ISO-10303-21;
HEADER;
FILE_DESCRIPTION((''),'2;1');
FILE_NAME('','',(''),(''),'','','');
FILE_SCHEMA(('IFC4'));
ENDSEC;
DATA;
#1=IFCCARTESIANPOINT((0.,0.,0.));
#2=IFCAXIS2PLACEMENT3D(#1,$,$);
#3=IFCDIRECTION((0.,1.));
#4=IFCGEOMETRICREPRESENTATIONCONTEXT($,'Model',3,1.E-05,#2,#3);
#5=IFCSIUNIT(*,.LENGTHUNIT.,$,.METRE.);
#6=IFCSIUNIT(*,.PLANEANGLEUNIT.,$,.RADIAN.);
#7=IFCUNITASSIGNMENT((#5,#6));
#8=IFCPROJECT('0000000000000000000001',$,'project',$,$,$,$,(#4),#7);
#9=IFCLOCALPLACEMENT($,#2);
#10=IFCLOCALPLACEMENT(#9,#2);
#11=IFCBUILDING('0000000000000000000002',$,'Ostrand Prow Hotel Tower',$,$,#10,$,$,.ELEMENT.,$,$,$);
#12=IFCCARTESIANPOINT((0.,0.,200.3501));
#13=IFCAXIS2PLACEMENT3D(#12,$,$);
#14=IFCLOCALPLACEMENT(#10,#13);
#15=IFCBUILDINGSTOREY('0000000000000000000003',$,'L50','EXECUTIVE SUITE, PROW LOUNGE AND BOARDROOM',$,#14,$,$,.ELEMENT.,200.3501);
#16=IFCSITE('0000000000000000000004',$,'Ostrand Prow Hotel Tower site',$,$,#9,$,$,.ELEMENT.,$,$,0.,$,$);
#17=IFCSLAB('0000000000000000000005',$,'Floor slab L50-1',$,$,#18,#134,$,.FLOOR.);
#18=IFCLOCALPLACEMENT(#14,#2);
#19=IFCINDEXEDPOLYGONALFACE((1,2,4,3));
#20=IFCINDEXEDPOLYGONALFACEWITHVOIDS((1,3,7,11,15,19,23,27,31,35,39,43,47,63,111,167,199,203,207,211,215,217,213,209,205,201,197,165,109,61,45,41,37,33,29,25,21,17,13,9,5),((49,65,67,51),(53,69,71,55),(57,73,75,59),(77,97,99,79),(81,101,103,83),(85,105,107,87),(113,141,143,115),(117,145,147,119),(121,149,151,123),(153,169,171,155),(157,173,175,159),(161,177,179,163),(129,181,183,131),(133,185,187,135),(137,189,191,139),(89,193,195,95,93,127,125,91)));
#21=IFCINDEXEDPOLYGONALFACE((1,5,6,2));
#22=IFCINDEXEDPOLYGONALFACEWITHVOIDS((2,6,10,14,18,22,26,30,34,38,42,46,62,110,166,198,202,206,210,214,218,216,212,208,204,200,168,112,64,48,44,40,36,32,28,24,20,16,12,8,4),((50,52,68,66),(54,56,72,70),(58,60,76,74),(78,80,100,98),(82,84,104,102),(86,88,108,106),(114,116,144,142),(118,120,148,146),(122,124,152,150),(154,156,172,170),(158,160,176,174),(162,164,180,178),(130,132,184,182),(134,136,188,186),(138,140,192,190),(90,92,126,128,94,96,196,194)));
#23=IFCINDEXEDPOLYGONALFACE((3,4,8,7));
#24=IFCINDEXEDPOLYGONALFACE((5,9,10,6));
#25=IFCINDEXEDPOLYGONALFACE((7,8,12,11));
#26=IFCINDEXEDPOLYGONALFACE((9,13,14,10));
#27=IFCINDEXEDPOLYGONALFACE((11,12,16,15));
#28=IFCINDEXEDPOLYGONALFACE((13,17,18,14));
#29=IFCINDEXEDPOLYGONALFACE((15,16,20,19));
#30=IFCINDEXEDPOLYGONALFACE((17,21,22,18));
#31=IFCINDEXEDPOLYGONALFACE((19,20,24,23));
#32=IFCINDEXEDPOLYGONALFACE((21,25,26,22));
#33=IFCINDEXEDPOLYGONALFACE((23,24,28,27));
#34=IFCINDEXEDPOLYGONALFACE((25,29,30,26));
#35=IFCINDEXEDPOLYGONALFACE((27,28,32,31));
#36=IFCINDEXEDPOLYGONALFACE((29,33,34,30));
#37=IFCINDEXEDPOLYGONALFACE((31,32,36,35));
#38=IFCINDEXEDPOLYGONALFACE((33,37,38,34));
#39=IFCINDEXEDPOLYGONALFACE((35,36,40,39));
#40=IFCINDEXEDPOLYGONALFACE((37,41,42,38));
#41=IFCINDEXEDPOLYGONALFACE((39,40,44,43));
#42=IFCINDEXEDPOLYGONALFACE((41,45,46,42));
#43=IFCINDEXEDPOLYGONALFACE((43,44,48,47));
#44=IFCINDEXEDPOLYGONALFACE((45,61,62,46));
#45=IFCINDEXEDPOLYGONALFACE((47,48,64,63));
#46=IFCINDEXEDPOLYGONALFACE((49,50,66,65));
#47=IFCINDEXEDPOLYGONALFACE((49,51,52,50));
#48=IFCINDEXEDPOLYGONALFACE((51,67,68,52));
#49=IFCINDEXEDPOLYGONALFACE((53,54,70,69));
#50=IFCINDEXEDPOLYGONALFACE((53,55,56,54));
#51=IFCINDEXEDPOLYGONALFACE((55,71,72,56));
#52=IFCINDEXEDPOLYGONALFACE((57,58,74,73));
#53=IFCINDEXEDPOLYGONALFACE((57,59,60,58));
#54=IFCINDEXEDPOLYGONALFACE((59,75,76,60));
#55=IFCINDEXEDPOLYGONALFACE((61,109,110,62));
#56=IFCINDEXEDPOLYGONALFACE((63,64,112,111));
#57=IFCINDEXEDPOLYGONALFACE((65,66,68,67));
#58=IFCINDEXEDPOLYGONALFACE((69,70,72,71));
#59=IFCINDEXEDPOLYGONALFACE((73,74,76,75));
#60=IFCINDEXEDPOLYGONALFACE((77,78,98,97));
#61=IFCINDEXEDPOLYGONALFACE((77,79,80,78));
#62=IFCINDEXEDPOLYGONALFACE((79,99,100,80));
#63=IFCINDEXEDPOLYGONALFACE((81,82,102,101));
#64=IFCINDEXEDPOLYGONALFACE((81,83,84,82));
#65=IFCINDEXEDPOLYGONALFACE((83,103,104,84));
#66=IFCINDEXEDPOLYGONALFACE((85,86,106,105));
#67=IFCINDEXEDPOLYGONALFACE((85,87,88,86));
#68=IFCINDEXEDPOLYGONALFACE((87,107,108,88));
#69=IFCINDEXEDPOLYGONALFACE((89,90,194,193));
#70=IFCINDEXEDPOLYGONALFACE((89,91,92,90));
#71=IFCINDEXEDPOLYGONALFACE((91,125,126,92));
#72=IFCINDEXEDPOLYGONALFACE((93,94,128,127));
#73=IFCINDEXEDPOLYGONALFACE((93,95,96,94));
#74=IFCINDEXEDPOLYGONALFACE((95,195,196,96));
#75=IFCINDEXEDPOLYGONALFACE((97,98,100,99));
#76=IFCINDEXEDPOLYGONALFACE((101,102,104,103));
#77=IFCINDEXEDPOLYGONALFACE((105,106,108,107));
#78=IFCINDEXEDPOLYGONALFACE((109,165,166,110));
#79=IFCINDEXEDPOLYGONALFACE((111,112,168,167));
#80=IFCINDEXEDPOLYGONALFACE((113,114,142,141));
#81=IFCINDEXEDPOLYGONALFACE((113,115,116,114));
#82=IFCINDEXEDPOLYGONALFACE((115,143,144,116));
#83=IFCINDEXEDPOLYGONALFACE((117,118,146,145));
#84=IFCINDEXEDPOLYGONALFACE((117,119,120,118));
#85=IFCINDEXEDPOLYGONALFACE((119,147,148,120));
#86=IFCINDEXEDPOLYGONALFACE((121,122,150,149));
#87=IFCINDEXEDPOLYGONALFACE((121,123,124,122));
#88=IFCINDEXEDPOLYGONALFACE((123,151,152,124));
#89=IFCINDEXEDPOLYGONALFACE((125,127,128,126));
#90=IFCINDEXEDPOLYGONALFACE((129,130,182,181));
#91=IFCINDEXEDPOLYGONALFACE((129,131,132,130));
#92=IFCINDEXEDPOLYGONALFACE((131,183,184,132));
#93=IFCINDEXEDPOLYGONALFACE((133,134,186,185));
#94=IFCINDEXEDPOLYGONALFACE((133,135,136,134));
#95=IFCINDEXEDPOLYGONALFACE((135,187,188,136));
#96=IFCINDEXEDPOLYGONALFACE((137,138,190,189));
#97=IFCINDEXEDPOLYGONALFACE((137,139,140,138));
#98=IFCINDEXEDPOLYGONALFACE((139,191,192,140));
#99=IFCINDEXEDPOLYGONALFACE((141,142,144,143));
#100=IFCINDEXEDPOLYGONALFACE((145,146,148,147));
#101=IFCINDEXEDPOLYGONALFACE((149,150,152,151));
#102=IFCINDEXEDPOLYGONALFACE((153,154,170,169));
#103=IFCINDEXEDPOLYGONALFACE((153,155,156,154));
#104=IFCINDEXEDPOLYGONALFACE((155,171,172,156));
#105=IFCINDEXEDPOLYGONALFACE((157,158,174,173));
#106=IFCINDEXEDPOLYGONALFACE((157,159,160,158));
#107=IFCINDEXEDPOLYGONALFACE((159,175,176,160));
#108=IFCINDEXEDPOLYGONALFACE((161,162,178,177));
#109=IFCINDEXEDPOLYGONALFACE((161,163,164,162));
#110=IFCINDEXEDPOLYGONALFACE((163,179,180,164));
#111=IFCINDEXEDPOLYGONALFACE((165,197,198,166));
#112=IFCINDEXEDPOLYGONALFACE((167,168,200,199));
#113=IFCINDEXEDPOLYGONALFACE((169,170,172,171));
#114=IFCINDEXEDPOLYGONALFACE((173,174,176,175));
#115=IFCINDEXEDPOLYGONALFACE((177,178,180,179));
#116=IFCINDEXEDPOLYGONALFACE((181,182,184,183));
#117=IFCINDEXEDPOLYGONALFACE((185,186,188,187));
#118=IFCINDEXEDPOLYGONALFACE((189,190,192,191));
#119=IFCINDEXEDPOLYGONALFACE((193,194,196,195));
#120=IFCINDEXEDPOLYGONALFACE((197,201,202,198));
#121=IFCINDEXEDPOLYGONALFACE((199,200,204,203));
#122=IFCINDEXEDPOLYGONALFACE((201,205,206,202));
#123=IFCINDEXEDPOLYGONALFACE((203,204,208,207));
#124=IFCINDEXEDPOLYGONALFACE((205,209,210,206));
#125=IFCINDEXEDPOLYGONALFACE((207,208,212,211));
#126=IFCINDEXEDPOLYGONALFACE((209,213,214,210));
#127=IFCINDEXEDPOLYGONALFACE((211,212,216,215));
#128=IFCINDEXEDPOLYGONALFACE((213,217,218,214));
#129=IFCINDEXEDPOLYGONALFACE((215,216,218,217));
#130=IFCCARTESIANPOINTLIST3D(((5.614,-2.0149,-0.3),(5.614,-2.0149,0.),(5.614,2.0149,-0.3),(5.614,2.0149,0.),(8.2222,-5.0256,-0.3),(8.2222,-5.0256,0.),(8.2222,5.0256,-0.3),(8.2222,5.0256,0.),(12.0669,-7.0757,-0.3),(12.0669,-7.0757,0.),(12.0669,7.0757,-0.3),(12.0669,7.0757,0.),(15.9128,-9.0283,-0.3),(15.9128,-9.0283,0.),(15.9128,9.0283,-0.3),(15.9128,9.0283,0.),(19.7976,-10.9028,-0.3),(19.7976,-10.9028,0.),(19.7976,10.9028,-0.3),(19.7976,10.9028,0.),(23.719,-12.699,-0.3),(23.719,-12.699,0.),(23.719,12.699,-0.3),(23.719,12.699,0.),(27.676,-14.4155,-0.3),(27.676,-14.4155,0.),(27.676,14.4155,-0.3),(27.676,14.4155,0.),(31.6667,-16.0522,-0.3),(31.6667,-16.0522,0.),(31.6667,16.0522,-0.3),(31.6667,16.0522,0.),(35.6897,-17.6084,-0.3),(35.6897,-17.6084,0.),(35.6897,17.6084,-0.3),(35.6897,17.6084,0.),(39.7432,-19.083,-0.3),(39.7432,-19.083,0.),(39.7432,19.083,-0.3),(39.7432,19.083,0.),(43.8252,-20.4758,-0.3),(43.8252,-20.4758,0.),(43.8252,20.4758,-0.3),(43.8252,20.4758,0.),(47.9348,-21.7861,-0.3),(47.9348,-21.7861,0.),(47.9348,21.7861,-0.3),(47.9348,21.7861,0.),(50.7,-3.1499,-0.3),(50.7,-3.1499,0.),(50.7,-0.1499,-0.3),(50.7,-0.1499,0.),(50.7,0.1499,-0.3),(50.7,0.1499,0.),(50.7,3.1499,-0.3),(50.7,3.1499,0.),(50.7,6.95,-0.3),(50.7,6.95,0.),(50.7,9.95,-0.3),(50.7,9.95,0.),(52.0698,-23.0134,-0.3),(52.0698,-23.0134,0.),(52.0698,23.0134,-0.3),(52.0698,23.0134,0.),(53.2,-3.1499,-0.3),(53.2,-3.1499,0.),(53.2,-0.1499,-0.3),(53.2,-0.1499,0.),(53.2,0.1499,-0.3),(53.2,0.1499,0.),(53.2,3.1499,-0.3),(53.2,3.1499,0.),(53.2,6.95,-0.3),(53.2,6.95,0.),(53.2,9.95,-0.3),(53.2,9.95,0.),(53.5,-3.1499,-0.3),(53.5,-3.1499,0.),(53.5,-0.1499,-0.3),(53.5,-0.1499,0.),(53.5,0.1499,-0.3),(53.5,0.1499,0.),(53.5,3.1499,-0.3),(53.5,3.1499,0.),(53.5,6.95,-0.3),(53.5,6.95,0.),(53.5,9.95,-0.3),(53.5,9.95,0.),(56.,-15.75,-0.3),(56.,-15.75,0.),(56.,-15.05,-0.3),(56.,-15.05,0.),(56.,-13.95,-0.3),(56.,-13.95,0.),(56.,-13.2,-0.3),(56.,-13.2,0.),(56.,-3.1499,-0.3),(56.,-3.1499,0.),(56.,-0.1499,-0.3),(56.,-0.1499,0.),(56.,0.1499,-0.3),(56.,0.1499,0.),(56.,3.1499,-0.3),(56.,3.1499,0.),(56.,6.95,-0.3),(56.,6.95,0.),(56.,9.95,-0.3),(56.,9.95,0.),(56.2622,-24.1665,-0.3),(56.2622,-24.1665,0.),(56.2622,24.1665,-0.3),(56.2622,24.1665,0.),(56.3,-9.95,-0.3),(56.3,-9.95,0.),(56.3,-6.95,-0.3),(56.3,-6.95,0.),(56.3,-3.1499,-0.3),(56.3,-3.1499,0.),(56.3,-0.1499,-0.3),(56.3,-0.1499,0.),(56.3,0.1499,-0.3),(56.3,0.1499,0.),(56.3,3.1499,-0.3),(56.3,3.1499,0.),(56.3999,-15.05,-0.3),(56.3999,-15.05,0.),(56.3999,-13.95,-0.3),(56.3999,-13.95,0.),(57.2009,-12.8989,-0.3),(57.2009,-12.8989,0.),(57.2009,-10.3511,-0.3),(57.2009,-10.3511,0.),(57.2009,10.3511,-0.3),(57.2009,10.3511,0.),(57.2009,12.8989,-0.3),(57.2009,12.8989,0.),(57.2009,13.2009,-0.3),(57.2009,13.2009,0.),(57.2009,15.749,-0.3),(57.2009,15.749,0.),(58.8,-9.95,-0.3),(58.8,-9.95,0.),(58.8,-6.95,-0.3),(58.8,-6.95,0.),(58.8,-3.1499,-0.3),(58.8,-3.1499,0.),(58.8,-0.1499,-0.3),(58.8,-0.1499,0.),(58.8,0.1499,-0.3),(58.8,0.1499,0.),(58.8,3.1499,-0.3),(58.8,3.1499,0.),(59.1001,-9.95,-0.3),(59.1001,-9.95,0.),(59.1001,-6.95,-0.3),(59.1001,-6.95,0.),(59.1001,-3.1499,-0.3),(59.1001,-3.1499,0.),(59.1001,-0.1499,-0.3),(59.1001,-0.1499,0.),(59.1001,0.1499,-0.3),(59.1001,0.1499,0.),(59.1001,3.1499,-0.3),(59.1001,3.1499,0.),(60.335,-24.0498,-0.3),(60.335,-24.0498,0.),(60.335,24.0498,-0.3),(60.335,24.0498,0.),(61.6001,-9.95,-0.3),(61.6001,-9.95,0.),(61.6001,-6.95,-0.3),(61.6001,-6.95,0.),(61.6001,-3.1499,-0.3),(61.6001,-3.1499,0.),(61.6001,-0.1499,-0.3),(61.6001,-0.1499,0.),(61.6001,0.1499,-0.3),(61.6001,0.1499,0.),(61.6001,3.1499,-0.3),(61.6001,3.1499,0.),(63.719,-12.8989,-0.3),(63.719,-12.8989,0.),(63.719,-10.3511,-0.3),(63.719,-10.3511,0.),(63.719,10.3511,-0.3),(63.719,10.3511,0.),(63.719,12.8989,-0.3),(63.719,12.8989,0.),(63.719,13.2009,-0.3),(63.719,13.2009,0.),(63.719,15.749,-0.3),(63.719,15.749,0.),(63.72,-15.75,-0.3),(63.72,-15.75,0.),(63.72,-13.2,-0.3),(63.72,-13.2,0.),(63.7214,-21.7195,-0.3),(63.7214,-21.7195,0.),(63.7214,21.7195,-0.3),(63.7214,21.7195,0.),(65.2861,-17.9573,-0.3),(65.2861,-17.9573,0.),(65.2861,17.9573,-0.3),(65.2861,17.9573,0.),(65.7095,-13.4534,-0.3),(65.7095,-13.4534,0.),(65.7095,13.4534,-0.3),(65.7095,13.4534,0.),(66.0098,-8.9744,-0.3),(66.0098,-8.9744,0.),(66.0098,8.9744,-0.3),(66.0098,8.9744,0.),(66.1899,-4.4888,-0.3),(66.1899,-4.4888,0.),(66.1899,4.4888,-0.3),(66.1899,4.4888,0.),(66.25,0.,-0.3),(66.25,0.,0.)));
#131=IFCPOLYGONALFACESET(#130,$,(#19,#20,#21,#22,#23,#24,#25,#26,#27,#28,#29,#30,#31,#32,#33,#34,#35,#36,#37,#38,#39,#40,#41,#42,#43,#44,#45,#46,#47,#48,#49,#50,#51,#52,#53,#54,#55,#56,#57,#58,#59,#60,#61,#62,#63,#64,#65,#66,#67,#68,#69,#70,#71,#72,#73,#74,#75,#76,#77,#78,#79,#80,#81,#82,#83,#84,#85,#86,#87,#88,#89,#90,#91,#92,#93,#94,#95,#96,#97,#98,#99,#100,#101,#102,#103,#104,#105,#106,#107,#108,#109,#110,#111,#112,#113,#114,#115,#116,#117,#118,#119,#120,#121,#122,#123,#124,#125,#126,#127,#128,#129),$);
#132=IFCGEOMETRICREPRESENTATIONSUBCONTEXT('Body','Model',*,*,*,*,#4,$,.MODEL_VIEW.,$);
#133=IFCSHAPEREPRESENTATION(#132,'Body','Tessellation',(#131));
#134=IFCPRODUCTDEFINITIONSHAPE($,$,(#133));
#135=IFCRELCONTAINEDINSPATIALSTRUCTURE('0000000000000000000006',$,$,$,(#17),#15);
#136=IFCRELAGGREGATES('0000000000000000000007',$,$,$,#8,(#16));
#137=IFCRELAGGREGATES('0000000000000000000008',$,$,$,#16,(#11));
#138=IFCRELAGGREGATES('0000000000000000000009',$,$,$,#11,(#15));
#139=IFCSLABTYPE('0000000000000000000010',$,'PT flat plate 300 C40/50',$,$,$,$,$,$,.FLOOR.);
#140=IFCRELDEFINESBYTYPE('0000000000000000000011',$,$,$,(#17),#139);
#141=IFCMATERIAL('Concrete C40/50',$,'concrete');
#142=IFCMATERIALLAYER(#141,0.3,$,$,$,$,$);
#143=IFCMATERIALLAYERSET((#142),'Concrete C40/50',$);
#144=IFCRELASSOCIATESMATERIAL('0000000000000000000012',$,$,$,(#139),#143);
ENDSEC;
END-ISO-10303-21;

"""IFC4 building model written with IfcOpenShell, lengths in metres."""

from ifc_helpers import new_model, si_unit, direction, frame, origin, place, context, subcontext, project, spatial, polyline, outline, extrude, material, layer, layer_set, type_object, element, save


model = new_model("IFC4")

# Units and contexts
model_context = context("Model", 3, precision=1e-05, world=origin(), true_north=direction((0.0, 1.0)))
body_context = subcontext(model_context, "Body", "Model", "MODEL_VIEW")
ifc_project = project(units=[si_unit("LENGTHUNIT", "METRE"), si_unit("PLANEANGLEUNIT", "RADIAN")], contexts=[model_context])

# Site, building, storey
site_placement = place(None, origin())
site = spatial("IfcSite", under=ifc_project, at=site_placement, Name="Ostrand Prow Hotel Tower site", CompositionType="ELEMENT", RefElevation=0.0)
building_placement = place(site_placement, origin())
building = spatial("IfcBuilding", under=site, at=building_placement, Name="Ostrand Prow Hotel Tower", CompositionType="ELEMENT")
storey_placement = place(building_placement, frame((0.0, 0.0, 200.3501)))
storey = spatial("IfcBuildingStorey", under=building, at=storey_placement, Name="L50", Description="EXECUTIVE SUITE, PROW LOUNGE AND BOARDROOM", CompositionType="ELEMENT", Elevation=200.3501)

# Slab, opening
ifc_material_1 = material(Name="Concrete C40/50", Category="concrete")
ifc_layer_1 = layer(ifc_material_1, 0.3)
ifc_layer_set_1 = layer_set([ifc_layer_1], Name="Concrete C40/50")
slab_type = type_object("IfcSlabType", Name="PT flat plate 300 C40/50", PredefinedType="FLOOR", material=ifc_layer_set_1)
slab_placement = place(storey_placement, frame((0.0, 0.0, -0.3)))
slab = element("IfcSlab", 1, at=slab_placement, inside=storey, type_object=slab_type, Name="Floor slab L50-1", PredefinedType="FLOOR", context=body_context, shape_type="SweptSolid", body=[
    extrude(outline(polyline([(8.2222, 5.0256), (12.0669, 7.0757), (15.9128, 9.0283), (19.7976, 10.9028), (23.719, 12.699), (27.676, 14.4155), (31.6667, 16.0522), (35.6897, 17.6084), (39.7432, 19.083), (43.8252, 20.4758), (47.9348, 21.7861), (52.0698, 23.0134), (56.2622, 24.1665), (60.335, 24.0498), (63.7214, 21.7195), (65.2861, 17.9573), (65.7095, 13.4534), (66.0098, 8.9744), (66.1899, 4.4888), (66.25, 0.0), (66.1899, -4.4888), (66.0098, -8.9744), (65.7095, -13.4534), (65.2861, -17.9573), (63.7214, -21.7195), (60.335, -24.0498), (56.2622, -24.1665), (52.0698, -23.0134), (47.9348, -21.7861), (43.8252, -20.4758), (39.7432, -19.083), (35.6897, -17.6084), (31.6667, -16.0522), (27.676, -14.4155), (23.719, -12.699), (19.7976, -10.9028), (15.9128, -9.0283), (12.0669, -7.0757), (8.2222, -5.0256), (5.614, -2.0149), (5.614, 2.0149), (8.2222, 5.0256)]), holes=[polyline([(50.7, 6.95), (53.2, 6.95), (53.2, 9.95), (50.7, 9.95), (50.7, 6.95)]), polyline([(53.5, 6.95), (56.0, 6.95), (56.0, 9.95), (53.5, 9.95), (53.5, 6.95)]), polyline([(50.7, 0.1499), (53.2, 0.1499), (53.2, 3.1499), (50.7, 3.1499), (50.7, 0.1499)]), polyline([(53.5, 0.1499), (56.0, 0.1499), (56.0, 3.1499), (53.5, 3.1499), (53.5, 0.1499)]), polyline([(56.3, 0.1499), (58.8, 0.1499), (58.8, 3.1499), (56.3, 3.1499), (56.3, 0.1499)]), polyline([(59.1001, 0.1499), (61.6001, 0.1499), (61.6001, 3.1499), (59.1001, 3.1499), (59.1001, 0.1499)]), polyline([(50.7, -3.1499), (53.2, -3.1499), (53.2, -0.1499), (50.7, -0.1499), (50.7, -3.1499)]), polyline([(53.5, -3.1499), (56.0, -3.1499), (56.0, -0.1499), (53.5, -0.1499), (53.5, -3.1499)]), polyline([(56.3, -3.1499), (58.8, -3.1499), (58.8, -0.1499), (56.3, -0.1499), (56.3, -3.1499)]), polyline([(59.1001, -3.1499), (61.6001, -3.1499), (61.6001, -0.1499), (59.1001, -0.1499), (59.1001, -3.1499)]), polyline([(56.3, -9.95), (58.8, -9.95), (58.8, -6.95), (56.3, -6.95), (56.3, -9.95)]), polyline([(59.1001, -9.95), (61.6001, -9.95), (61.6001, -6.95), (59.1001, -6.95), (59.1001, -9.95)]), polyline([(57.2009, 10.3511), (57.2009, 12.8989), (63.719, 12.8989), (63.719, 10.3511), (57.2009, 10.3511)]), polyline([(57.2009, 13.2009), (57.2009, 15.749), (63.719, 15.749), (63.719, 13.2009), (57.2009, 13.2009)]), polyline([(57.2009, -12.8989), (57.2009, -10.3511), (63.719, -10.3511), (63.719, -12.8989), (57.2009, -12.8989)]), polyline([(63.72, -13.2), (63.72, -15.75), (56.0, -15.75), (56.0, -15.05), (56.3999, -15.05), (56.3999, -13.95), (56.0, -13.95), (56.0, -13.2), (63.72, -13.2)])]), origin(), (0.0, 0.0, 1.0), 0.3),
])
opening_1_placement = place(slab_placement, origin())
element("IfcOpeningElement", 2, at=opening_1_placement, cuts=slab, PredefinedType="OPENING", context=body_context, shape_type="SweptSolid", body=[
    extrude(outline(polyline([(63.72, -13.2), (63.72, -15.75), (56.0, -15.75), (56.0, -15.05), (56.3999, -15.05), (56.3999, -13.95), (56.0, -13.95), (56.0, -13.2), (63.72, -13.2)])), origin(), (0.0, 0.0, 1.0), 0.3),
])

save(model, "model.ifc")
